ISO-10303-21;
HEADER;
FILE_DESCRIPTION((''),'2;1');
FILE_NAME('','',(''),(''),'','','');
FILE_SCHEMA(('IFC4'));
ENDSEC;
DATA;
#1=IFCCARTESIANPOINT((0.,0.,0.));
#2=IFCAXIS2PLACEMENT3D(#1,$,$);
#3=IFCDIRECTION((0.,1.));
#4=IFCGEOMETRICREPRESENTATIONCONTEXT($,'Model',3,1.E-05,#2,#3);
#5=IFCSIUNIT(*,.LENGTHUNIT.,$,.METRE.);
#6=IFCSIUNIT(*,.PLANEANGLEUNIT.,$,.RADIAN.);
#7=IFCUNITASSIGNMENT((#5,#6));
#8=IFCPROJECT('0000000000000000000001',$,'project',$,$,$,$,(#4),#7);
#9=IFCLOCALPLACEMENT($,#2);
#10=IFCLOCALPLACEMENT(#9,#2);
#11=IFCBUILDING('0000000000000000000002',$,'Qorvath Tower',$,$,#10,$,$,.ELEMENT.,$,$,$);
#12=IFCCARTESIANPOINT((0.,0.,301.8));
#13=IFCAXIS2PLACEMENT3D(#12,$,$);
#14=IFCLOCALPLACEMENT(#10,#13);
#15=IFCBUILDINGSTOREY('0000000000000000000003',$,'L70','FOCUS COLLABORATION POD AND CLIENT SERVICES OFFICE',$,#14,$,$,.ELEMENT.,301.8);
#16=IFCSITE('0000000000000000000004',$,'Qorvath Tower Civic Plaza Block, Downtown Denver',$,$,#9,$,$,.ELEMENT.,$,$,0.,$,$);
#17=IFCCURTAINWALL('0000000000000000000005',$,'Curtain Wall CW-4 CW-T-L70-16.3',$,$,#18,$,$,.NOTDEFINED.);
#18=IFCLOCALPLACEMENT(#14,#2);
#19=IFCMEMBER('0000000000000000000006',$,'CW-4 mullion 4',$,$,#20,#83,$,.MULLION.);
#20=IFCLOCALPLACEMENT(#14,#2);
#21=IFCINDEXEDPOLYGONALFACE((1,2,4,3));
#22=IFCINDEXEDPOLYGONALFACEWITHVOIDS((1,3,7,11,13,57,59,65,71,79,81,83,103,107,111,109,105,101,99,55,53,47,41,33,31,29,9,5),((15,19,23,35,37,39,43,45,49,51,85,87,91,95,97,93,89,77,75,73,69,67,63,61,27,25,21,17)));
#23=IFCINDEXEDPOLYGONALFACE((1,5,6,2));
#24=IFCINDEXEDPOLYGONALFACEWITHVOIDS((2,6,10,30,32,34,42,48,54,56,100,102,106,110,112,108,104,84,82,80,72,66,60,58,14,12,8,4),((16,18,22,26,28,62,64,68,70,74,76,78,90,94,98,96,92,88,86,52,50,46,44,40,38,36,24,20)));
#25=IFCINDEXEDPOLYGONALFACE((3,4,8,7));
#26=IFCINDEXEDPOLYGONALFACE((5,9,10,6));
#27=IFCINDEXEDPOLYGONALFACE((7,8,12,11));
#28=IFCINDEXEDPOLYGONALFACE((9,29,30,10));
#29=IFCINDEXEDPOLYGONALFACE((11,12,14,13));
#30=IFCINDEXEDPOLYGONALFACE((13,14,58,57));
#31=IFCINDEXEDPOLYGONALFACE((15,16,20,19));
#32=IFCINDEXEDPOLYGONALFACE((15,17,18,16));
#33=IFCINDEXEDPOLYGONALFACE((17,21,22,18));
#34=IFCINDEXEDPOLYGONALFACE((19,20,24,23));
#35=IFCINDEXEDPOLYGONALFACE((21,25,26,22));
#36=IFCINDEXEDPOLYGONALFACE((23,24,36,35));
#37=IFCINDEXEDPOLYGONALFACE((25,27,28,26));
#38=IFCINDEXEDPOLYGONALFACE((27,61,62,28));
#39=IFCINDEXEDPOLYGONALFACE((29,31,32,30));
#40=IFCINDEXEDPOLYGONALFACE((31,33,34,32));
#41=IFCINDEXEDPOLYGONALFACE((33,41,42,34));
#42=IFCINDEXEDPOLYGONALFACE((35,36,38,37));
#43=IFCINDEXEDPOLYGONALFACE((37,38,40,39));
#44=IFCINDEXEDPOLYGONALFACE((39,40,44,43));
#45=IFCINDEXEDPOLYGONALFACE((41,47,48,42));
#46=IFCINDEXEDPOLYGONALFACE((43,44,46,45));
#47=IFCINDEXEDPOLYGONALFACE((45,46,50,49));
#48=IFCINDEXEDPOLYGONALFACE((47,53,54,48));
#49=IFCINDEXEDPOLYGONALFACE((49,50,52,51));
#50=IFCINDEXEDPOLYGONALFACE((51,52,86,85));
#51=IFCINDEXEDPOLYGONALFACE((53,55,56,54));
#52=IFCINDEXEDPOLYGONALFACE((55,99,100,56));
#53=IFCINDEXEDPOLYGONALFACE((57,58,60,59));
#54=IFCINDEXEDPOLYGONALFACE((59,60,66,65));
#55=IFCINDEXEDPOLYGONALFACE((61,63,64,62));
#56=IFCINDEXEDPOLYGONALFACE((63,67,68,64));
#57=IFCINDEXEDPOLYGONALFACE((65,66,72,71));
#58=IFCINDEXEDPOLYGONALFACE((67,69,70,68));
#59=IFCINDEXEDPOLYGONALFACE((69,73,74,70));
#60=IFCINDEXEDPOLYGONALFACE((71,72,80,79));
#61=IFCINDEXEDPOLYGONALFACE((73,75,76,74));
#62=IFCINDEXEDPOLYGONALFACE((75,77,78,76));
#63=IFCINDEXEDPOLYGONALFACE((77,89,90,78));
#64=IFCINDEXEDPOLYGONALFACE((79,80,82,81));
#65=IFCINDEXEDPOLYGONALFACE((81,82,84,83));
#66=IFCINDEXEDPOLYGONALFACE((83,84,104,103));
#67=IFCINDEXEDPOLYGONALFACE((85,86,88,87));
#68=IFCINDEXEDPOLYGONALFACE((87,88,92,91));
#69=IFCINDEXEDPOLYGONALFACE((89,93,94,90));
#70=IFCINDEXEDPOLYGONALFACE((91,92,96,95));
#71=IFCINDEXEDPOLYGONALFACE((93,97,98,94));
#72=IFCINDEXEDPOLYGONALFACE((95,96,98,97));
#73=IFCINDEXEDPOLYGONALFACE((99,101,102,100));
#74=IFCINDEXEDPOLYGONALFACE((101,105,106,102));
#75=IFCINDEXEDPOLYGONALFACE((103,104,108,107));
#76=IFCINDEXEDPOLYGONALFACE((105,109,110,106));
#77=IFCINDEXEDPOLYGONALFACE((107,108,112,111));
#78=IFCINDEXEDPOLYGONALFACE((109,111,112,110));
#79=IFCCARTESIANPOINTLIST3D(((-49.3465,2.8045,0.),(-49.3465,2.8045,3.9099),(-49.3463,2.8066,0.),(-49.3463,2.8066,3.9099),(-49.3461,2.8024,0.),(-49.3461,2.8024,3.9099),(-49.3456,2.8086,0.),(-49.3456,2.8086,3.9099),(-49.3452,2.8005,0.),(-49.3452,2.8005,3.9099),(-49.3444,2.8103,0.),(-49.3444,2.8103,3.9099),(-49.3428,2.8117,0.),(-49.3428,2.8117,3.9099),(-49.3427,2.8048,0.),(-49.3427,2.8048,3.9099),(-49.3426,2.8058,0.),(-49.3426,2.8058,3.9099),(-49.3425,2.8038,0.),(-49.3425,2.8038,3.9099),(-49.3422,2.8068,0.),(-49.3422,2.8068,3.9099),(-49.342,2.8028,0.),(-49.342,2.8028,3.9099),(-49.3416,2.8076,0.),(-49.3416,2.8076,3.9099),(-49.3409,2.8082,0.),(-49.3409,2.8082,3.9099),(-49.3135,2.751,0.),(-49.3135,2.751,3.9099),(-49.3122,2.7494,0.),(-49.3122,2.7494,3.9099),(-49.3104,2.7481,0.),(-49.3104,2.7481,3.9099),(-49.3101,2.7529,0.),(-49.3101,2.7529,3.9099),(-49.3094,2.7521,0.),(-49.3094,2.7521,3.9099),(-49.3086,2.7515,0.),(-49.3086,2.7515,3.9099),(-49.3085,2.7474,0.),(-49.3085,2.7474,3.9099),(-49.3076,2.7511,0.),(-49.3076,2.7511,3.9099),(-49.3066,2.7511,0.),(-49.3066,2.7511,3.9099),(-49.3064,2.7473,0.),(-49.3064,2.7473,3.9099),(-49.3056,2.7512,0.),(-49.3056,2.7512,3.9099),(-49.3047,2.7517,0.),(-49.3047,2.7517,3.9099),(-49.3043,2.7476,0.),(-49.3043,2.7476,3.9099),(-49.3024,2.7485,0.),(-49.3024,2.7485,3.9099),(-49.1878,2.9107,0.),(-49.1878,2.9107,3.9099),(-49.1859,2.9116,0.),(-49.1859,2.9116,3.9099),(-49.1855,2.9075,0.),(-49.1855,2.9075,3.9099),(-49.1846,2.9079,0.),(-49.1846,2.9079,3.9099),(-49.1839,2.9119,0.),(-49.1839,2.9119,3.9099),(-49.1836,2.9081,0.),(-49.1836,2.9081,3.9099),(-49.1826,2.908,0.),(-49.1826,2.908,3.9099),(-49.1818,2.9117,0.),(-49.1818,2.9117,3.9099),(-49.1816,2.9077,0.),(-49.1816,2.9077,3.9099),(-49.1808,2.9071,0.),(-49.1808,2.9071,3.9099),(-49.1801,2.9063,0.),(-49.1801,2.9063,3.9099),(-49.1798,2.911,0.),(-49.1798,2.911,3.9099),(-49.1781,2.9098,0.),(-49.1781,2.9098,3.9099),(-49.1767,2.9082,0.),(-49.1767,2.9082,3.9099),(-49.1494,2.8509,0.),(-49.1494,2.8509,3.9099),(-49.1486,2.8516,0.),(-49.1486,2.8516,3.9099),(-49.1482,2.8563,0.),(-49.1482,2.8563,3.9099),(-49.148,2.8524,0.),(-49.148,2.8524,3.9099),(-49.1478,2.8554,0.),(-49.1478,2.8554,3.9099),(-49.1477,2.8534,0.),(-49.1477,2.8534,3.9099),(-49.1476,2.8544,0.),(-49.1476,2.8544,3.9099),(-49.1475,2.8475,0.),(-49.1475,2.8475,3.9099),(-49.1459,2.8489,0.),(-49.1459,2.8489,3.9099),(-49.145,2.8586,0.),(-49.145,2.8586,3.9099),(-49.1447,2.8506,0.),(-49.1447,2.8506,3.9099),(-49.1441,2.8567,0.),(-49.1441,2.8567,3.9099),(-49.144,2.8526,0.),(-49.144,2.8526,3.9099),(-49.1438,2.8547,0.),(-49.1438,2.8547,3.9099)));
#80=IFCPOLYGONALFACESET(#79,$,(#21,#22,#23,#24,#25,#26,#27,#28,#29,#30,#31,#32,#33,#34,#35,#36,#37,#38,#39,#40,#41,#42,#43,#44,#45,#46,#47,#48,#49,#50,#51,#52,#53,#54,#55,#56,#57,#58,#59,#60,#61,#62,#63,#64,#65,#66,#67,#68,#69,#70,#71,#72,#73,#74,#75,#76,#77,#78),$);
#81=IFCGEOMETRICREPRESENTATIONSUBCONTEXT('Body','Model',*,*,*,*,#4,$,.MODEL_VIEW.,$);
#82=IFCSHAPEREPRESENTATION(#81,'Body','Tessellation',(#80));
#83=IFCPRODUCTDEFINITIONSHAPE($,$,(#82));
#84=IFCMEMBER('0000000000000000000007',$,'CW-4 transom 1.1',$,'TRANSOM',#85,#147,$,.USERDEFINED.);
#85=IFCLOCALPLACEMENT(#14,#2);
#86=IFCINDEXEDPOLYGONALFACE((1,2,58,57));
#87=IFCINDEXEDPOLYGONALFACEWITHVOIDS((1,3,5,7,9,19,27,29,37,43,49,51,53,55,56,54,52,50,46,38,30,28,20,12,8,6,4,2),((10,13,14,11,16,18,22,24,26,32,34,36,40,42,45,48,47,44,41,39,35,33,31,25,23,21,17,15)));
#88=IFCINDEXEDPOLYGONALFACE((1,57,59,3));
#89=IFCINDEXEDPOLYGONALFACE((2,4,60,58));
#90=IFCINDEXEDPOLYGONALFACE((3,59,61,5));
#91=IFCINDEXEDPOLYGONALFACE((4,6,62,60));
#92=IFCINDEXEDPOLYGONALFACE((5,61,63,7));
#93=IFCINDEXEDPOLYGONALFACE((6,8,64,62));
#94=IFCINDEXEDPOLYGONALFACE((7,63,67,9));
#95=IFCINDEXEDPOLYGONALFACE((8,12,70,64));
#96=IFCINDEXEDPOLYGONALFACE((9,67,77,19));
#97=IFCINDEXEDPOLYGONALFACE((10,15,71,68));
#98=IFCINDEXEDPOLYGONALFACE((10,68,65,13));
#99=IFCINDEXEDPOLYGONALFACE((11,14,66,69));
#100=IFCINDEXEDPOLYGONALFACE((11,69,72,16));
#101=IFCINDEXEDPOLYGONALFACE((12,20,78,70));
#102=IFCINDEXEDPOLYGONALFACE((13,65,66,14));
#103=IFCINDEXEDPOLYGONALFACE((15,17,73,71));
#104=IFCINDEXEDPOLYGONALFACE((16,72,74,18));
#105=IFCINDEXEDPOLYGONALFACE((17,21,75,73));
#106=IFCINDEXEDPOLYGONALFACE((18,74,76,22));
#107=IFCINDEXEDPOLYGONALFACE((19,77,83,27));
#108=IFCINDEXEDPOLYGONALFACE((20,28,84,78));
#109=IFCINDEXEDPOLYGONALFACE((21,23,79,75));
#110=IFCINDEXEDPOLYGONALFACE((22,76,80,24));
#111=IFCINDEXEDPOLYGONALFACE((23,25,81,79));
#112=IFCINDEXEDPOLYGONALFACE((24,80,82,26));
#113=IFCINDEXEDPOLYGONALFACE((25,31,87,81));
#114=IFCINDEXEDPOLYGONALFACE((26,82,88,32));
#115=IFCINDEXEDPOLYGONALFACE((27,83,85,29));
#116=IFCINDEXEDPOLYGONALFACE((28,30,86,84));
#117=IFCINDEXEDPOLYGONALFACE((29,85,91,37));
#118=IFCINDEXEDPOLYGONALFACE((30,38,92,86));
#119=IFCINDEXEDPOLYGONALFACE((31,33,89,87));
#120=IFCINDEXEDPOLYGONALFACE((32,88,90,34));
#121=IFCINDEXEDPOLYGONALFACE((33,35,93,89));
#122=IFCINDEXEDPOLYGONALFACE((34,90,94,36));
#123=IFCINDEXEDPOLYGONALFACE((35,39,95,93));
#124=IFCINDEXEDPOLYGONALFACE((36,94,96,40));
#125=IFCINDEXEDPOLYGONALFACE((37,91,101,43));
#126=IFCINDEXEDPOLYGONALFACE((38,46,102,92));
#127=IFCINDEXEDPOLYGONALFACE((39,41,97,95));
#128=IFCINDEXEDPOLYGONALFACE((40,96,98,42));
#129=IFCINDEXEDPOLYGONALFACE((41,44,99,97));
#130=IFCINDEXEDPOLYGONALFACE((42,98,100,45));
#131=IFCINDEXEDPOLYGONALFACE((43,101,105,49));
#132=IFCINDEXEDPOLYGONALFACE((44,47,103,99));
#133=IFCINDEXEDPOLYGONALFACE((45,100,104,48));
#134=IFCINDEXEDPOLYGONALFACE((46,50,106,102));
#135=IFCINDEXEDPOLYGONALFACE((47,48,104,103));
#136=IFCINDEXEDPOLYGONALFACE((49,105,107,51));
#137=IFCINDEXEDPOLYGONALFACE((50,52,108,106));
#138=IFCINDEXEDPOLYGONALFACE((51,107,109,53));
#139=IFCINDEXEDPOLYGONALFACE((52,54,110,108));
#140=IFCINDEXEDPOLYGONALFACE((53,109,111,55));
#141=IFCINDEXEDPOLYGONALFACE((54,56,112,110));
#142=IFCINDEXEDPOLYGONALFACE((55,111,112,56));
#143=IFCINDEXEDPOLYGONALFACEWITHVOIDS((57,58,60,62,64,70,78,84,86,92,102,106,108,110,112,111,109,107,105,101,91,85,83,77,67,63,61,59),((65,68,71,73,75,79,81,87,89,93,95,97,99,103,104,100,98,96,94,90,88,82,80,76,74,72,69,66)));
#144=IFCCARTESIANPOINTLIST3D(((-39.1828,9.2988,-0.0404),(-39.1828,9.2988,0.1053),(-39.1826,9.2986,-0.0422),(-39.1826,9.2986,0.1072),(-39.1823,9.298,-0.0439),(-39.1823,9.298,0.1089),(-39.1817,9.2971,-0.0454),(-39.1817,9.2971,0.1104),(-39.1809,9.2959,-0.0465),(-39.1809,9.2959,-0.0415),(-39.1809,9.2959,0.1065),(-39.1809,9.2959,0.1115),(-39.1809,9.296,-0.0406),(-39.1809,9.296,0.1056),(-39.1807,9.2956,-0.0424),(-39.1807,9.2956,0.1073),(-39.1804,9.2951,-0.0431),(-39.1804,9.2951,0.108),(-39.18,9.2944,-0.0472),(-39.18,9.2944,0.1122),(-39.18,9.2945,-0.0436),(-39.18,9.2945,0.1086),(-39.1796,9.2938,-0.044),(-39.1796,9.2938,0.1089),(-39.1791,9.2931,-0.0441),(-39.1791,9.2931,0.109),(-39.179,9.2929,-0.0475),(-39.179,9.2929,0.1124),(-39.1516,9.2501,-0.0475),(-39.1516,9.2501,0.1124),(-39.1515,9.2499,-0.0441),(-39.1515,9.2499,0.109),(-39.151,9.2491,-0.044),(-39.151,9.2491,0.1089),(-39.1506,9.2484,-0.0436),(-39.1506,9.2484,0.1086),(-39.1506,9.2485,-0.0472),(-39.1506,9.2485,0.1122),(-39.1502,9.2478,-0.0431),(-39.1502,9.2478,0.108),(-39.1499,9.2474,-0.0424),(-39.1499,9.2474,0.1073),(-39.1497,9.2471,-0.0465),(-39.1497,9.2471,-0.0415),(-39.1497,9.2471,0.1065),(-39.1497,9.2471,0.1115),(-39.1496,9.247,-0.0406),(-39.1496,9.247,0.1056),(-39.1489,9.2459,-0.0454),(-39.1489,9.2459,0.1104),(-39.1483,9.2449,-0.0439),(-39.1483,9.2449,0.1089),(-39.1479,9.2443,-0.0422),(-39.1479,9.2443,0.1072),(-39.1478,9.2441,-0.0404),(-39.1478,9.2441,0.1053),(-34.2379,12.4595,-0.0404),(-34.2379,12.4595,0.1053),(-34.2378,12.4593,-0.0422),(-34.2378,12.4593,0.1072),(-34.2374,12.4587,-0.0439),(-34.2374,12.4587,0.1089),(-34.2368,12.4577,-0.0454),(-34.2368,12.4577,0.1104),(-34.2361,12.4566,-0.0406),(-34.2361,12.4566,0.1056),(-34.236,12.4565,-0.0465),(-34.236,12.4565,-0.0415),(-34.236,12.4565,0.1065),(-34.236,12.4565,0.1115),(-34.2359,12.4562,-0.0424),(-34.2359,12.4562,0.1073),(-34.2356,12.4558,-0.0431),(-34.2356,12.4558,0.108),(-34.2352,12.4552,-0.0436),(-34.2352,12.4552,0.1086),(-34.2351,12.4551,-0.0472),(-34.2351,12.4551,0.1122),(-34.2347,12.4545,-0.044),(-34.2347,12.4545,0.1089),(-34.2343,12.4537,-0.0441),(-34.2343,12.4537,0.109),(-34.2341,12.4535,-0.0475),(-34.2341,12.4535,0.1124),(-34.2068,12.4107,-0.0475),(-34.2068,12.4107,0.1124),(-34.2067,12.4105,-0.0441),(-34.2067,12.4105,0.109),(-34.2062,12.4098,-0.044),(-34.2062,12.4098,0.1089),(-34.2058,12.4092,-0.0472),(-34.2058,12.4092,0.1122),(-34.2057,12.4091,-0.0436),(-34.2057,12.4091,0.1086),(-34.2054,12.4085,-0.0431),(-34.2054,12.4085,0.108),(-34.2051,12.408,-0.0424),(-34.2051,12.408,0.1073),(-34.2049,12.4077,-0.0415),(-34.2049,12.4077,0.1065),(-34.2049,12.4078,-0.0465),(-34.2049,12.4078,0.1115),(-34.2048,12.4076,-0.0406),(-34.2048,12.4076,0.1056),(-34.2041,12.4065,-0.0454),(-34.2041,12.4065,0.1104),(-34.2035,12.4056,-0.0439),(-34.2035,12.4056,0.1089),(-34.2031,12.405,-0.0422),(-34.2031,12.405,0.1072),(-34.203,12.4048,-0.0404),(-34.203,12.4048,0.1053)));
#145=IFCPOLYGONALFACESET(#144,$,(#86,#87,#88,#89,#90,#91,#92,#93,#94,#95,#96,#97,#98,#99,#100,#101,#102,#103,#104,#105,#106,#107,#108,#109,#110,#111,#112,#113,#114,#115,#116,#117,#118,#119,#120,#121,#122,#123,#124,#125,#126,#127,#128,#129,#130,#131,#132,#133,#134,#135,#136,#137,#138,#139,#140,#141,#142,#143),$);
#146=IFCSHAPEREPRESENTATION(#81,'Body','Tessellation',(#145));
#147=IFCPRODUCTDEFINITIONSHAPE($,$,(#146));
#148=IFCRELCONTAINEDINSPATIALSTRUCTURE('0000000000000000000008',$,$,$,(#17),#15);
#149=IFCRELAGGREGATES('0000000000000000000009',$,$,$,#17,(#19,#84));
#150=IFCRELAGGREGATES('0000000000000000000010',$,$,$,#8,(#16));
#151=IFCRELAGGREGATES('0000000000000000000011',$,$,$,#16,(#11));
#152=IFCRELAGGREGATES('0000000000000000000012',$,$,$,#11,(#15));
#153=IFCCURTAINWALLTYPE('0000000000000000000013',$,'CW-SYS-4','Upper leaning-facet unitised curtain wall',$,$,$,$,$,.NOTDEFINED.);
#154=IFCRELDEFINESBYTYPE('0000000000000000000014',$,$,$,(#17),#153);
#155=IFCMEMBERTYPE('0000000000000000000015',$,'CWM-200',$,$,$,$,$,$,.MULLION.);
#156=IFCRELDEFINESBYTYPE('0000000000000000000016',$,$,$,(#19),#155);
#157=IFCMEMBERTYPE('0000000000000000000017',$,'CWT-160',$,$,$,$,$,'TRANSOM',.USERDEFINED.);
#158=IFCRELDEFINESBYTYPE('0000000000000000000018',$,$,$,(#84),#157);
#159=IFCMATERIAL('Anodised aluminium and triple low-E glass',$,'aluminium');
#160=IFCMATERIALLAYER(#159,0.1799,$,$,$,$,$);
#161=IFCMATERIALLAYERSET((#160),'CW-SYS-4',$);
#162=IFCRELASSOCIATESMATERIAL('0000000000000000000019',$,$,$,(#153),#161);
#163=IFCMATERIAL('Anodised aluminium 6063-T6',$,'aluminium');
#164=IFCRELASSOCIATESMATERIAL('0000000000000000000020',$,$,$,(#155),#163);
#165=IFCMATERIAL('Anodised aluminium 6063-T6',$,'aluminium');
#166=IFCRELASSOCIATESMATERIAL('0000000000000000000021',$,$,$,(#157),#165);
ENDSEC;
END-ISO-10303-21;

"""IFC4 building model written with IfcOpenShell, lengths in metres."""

from ifc_helpers import new_model, si_unit, direction, frame, origin, origin_2d, place, context, subcontext, project, spatial, hollow_rectangle, extrude, material, layer, layer_set, material_profile, profile_set, type_object, element, aggregate, save


model = new_model("IFC4")

# Units and contexts
model_context = context("Model", 3, precision=1e-05, world=origin(), true_north=direction((0.0, 1.0)))
body_context = subcontext(model_context, "Body", "Model", "MODEL_VIEW")
ifc_project = project(units=[si_unit("LENGTHUNIT", "METRE"), si_unit("PLANEANGLEUNIT", "RADIAN")], contexts=[model_context])

# Site, building, storey
site_placement = place(None, origin())
site = spatial("IfcSite", under=ifc_project, at=site_placement, Name="Qorvath Tower Civic Plaza Block, Downtown Denver", CompositionType="ELEMENT", RefElevation=0.0)
building_placement = place(site_placement, origin())
building = spatial("IfcBuilding", under=site, at=building_placement, Name="Qorvath Tower", CompositionType="ELEMENT")
storey_placement = place(building_placement, frame((0.0, 0.0, 301.8)))
storey = spatial("IfcBuildingStorey", under=building, at=storey_placement, Name="L70", Description="FOCUS COLLABORATION POD AND CLIENT SERVICES OFFICE", CompositionType="ELEMENT", Elevation=301.8)

# Curtain wall, members
ifc_material_1 = material(Name="Anodised aluminium and triple low-E glass", Category="aluminium")
ifc_layer_1 = layer(ifc_material_1, 0.1799)
ifc_layer_set_1 = layer_set([ifc_layer_1], Name="CW-SYS-4")
curtain_wall_type = type_object("IfcCurtainWallType", Name="CW-SYS-4", Description="Upper leaning-facet unitised curtain wall", PredefinedType="NOTDEFINED", material=ifc_layer_set_1)
curtain_wall_placement = place(storey_placement, origin())
curtain_wall = element("IfcCurtainWall", 1, at=curtain_wall_placement, inside=storey, type_object=curtain_wall_type, Name="Curtain Wall CW-4 CW-T-L70-16.3", PredefinedType="NOTDEFINED")
ifc_material_2 = material(Name="Anodised aluminium 6063-T6", Category="aluminium")
ifc_material_profile_1 = material_profile(ifc_material_2, hollow_rectangle(XDim=0.075, YDim=0.2, WallThickness=0.0039, InnerFilletRadius=0.0039, OuterFilletRadius=0.0081, at=origin_2d()), Name="CWM 200x75")
ifc_profile_set_1 = profile_set([ifc_material_profile_1], Name="Anodised aluminium 6063-T6")
member_type_1 = type_object("IfcMemberType", Name="CWM-200", PredefinedType="MULLION", material=ifc_profile_set_1)
member_1_placement = place(storey_placement, frame((-49.2451, 2.8296, 0.0), z_axis=(0.0, 0.0, 1.0), x_axis=(0.538527, -0.842608, 0.0)))
member_1 = element("IfcMember", 2, at=member_1_placement, type_object=member_type_1, Name="CW-4 mullion 4", PredefinedType="MULLION", context=body_context, shape_type="SweptSolid", body=[
    extrude(hollow_rectangle(XDim=0.075, YDim=0.2, WallThickness=0.0039, InnerFilletRadius=0.0039, OuterFilletRadius=0.0081, at=origin_2d()), origin(), (0.0, 0.0, 1.0), 3.9099),
])
ifc_material_3 = material(Name="Anodised aluminium 6063-T6", Category="aluminium")
ifc_material_profile_2 = material_profile(ifc_material_3, hollow_rectangle(XDim=0.0649, YDim=0.1599, WallThickness=0.0034, InnerFilletRadius=0.0034, OuterFilletRadius=0.0071, at=origin_2d()), Name="CWT 160x65")
ifc_profile_set_2 = profile_set([ifc_material_profile_2], Name="Anodised aluminium 6063-T6")
member_type_2 = type_object("IfcMemberType", Name="CWT-160", ElementType="TRANSOM", PredefinedType="USERDEFINED", material=ifc_profile_set_2)
member_2_placement = place(storey_placement, frame((-34.2205, 12.4321, 0.0325), z_axis=(-0.842584, -0.538565, 0.0), x_axis=(0.538565, -0.842584, 0.0)))
member_2 = element("IfcMember", 3, at=member_2_placement, type_object=member_type_2, Name="CW-4 transom 1.1", ObjectType="TRANSOM", PredefinedType="USERDEFINED", context=body_context, shape_type="SweptSolid", body=[
    extrude(hollow_rectangle(XDim=0.0649, YDim=0.1599, WallThickness=0.0034, InnerFilletRadius=0.0034, OuterFilletRadius=0.0071, at=origin_2d()), origin(), (0.0, 0.0, 1.0), 5.8687),
])

aggregate(curtain_wall, [member_1, member_2])

save(model, "model.ifc")
